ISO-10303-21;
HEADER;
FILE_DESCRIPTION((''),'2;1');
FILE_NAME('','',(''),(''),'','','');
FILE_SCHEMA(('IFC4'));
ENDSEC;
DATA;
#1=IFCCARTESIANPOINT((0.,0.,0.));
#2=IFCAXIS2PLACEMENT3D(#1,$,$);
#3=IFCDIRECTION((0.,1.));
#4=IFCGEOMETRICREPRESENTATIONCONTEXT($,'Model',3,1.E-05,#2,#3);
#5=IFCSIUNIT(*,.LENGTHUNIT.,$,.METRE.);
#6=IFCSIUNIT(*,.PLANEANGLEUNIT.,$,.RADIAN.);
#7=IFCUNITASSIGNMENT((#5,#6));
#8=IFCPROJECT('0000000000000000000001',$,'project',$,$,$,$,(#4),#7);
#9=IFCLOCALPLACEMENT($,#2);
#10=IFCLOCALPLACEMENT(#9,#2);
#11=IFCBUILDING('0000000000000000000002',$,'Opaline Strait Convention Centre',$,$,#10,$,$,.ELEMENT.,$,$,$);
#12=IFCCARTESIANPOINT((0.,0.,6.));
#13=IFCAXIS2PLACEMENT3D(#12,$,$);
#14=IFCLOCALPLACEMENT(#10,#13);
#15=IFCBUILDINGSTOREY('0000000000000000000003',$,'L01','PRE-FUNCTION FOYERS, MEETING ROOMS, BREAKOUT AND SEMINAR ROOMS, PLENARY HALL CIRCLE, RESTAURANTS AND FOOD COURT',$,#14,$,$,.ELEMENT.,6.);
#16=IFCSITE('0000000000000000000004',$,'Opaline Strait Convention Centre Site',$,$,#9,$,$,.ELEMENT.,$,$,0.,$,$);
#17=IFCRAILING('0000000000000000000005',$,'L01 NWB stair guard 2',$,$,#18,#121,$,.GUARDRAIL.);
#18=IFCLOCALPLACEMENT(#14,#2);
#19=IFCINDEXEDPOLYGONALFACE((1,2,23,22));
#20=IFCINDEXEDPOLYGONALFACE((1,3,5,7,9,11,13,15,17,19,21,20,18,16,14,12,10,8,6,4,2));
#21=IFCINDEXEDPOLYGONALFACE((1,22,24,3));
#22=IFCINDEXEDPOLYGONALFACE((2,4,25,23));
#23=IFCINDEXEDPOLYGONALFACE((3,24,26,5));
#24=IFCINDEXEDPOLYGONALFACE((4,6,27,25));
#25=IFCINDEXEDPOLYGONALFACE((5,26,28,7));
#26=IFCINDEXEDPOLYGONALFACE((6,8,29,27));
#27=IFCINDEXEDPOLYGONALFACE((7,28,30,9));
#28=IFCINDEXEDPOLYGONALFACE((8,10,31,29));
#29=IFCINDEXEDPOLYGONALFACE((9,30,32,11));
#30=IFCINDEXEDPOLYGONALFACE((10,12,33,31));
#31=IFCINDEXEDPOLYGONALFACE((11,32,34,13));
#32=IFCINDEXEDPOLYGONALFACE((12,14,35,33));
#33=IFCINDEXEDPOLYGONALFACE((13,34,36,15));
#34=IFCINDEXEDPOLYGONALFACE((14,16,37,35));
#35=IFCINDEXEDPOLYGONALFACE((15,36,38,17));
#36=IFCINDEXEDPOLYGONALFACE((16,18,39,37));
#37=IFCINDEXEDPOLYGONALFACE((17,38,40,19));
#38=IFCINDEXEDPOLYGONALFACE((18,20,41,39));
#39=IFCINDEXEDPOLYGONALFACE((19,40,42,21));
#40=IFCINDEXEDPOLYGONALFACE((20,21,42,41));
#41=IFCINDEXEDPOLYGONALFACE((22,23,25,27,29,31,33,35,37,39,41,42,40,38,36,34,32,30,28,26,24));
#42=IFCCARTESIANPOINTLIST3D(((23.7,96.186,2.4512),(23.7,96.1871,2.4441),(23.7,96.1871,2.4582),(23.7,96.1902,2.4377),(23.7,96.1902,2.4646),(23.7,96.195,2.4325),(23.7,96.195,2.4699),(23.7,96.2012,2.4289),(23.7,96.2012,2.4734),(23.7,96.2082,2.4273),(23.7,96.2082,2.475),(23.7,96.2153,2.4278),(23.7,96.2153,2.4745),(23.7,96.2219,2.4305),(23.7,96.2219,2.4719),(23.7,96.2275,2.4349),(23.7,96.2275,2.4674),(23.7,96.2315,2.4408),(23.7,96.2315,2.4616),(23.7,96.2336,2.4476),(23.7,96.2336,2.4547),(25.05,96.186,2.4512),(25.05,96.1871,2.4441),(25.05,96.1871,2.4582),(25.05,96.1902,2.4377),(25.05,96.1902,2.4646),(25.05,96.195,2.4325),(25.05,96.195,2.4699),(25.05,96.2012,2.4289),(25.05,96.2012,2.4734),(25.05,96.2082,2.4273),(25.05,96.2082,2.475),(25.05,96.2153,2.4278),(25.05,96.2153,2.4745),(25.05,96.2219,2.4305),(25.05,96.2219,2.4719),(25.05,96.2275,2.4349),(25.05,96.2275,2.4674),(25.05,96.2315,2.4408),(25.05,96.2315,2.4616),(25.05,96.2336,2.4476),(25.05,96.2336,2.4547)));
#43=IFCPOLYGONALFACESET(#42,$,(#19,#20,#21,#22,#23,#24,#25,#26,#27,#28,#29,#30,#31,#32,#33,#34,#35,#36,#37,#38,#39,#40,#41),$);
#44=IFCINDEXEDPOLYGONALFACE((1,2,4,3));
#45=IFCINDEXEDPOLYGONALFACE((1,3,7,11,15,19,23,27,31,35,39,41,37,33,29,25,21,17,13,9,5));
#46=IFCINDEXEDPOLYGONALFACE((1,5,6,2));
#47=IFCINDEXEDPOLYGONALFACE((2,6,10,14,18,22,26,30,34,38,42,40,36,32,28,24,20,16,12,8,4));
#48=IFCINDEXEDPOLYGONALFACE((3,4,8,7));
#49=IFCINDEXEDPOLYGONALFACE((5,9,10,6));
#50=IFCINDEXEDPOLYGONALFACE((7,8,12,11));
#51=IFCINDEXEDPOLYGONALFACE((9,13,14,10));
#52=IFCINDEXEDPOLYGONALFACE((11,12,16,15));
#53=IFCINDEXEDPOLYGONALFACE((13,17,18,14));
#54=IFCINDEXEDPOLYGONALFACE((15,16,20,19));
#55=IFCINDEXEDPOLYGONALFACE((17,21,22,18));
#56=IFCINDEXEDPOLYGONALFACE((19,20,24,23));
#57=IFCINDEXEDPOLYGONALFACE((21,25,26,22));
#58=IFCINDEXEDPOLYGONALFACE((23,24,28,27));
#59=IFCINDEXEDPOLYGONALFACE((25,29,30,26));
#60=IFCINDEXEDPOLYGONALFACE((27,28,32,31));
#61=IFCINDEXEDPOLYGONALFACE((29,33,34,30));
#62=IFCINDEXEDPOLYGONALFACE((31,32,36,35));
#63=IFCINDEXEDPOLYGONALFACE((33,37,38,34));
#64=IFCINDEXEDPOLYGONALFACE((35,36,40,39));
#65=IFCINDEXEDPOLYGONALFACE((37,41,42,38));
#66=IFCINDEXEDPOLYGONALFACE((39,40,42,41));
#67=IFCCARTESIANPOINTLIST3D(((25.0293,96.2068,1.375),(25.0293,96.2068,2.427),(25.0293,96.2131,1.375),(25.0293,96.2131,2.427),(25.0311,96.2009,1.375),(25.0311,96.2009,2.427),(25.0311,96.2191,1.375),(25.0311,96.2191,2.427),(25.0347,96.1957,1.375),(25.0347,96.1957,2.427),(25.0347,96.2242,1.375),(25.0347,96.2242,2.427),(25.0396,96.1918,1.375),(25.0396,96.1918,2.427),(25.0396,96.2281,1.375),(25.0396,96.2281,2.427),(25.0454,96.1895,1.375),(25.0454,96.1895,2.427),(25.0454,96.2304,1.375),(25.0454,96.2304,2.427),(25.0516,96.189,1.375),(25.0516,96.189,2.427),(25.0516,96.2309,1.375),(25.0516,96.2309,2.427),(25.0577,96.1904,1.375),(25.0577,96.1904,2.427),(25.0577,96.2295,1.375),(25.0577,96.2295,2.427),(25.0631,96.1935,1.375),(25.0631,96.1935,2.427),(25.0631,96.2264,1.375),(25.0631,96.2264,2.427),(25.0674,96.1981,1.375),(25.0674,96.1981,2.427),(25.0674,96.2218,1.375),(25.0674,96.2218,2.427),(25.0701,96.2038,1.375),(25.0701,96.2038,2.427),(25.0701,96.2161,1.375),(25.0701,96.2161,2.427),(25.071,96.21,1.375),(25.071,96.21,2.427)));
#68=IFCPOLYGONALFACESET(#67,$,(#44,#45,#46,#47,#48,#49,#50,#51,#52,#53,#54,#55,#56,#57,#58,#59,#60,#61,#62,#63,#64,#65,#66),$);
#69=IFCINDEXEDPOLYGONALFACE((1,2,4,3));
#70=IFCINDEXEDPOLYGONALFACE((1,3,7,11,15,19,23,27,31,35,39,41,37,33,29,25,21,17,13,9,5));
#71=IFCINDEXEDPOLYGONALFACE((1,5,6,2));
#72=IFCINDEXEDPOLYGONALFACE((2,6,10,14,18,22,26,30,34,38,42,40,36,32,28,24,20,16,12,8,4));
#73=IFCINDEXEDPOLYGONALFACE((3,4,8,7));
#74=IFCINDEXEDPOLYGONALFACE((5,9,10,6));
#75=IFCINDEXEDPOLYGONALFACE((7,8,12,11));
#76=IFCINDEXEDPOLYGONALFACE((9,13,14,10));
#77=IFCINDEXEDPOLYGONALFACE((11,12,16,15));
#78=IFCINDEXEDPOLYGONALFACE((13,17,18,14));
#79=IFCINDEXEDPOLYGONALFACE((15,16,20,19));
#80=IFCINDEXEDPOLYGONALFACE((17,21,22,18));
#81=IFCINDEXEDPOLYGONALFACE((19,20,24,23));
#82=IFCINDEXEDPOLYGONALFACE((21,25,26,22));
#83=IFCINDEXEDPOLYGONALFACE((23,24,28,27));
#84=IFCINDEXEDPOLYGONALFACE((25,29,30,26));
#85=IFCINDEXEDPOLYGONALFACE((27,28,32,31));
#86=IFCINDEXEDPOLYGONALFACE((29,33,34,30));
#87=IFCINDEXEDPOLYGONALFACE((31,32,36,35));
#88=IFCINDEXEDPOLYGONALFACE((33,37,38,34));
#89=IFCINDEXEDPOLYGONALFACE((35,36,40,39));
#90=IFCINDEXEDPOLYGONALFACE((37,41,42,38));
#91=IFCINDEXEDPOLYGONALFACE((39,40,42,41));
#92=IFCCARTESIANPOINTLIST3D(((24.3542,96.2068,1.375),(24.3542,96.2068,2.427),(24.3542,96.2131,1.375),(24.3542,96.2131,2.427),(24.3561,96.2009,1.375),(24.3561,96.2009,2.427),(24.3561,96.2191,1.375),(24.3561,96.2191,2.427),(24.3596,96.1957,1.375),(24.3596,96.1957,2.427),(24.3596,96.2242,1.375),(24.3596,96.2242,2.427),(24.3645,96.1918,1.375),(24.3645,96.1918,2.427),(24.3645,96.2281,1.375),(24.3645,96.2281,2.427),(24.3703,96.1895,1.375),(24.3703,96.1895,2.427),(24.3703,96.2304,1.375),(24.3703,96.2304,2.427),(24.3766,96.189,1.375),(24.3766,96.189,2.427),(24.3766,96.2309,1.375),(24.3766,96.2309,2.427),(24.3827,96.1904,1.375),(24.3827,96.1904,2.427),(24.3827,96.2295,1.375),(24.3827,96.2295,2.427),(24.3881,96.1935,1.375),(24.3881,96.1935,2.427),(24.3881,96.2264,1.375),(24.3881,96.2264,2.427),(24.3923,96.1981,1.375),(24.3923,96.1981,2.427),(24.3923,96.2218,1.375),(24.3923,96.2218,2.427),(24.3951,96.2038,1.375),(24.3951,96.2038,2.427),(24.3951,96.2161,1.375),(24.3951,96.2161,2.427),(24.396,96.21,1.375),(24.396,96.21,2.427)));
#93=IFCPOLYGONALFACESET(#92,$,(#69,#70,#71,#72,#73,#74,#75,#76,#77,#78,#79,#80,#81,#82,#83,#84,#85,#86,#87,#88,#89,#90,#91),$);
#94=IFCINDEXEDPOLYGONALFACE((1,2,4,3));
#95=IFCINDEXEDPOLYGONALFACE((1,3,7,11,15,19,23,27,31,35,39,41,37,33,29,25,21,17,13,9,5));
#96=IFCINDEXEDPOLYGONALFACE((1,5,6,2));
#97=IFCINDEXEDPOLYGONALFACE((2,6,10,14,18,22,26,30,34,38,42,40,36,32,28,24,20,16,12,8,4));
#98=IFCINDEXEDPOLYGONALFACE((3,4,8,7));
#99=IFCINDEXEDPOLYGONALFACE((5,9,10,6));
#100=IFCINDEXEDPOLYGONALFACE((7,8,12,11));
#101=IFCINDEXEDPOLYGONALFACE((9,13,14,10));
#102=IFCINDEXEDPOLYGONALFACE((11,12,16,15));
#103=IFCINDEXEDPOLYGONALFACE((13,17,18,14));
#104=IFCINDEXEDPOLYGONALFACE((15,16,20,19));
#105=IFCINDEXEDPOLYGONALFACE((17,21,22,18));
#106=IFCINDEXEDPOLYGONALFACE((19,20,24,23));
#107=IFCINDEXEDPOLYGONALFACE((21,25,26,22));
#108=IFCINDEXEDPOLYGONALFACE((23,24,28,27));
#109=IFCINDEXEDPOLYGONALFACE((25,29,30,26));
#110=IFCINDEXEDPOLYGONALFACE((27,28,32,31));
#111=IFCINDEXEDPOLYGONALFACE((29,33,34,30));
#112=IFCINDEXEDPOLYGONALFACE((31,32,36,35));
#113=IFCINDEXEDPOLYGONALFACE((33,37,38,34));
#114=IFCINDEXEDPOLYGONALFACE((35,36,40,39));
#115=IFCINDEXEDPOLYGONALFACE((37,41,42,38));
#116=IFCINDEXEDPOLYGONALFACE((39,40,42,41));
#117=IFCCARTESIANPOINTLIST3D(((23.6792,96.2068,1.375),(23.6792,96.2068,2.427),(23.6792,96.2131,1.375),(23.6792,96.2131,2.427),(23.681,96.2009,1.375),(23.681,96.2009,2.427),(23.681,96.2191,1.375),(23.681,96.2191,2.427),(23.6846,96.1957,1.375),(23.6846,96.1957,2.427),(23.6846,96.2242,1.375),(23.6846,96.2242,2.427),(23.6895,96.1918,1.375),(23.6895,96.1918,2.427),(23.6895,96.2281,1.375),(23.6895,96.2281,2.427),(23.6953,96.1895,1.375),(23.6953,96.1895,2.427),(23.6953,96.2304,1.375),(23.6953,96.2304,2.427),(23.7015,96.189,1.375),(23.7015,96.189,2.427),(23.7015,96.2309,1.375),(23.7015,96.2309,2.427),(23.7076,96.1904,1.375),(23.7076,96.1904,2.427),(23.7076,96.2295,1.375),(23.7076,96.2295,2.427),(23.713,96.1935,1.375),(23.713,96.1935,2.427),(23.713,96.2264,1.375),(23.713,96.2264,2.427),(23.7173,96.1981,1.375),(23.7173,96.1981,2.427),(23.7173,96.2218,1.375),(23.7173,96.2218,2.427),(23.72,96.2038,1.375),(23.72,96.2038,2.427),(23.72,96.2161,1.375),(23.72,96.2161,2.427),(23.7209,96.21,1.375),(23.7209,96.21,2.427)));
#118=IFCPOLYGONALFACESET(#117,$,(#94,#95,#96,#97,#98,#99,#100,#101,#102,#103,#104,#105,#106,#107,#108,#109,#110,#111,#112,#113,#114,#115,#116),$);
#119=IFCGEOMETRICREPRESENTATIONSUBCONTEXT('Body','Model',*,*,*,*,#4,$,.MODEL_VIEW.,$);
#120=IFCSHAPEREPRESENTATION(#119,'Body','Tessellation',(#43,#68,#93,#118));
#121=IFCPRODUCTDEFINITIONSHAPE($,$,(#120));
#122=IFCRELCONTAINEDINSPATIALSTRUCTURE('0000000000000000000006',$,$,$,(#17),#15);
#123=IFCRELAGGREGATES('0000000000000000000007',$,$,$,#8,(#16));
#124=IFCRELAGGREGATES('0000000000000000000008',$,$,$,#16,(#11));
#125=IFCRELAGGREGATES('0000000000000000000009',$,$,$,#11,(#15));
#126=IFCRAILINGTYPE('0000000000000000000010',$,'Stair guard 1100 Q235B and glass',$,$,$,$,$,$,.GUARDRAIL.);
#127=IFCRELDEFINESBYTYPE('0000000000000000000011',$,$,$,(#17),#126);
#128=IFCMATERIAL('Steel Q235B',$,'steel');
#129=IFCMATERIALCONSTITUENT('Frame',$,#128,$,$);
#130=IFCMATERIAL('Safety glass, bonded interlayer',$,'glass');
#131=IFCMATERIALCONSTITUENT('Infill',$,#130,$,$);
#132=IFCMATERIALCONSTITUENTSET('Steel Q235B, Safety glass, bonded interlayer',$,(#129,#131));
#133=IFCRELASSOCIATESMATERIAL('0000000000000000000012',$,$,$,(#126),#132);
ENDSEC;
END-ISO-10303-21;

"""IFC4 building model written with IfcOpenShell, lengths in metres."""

from ifc_helpers import new_model, si_unit, direction, frame, origin, origin_2d, place, context, subcontext, project, spatial, circle, extrude, material, constituent, constituent_set, type_object, element, save


model = new_model("IFC4")

# Units and contexts
model_context = context("Model", 3, precision=1e-05, world=origin(), true_north=direction((0.0, 1.0)))
body_context = subcontext(model_context, "Body", "Model", "MODEL_VIEW")
ifc_project = project(units=[si_unit("LENGTHUNIT", "METRE"), si_unit("PLANEANGLEUNIT", "RADIAN")], contexts=[model_context])

# Site, building, storey
site_placement = place(None, origin())
site = spatial("IfcSite", under=ifc_project, at=site_placement, Name="Opaline Strait Convention Centre Site", CompositionType="ELEMENT", RefElevation=0.0)
building_placement = place(site_placement, origin())
building = spatial("IfcBuilding", under=site, at=building_placement, Name="Opaline Strait Convention Centre", CompositionType="ELEMENT")
storey_placement = place(building_placement, frame((0.0, 0.0, 6.0)))
storey = spatial("IfcBuildingStorey", under=building, at=storey_placement, Name="L01", Description="PRE-FUNCTION FOYERS, MEETING ROOMS, BREAKOUT AND SEMINAR ROOMS, PLENARY HALL CIRCLE, RESTAURANTS AND FOOD COURT", CompositionType="ELEMENT", Elevation=6.0)

# Railing
ifc_material_1 = material(Name="Steel Q235B", Category="steel")
ifc_constituent_1 = constituent(ifc_material_1, Name="Frame")
ifc_material_2 = material(Name="Safety glass, bonded interlayer", Category="glass")
ifc_constituent_2 = constituent(ifc_material_2, Name="Infill")
ifc_constituent_set = constituent_set(constituents=[ifc_constituent_1, ifc_constituent_2], Name="Steel Q235B, Safety glass, bonded interlayer")
railing_type_1 = type_object("IfcRailingType", Name="Stair guard 1100 Q235B and glass", PredefinedType="GUARDRAIL", material=ifc_constituent_set)
for number, where, name in (
    (1, (25.05, 96.21, 1.375), "L01 NWB stair guard 2"),
):
    element("IfcRailing", number, at=place(storey_placement, frame(where)), inside=storey, type_object=railing_type_1, Name=name, PredefinedType="GUARDRAIL", context=body_context, shape_type="SweptSolid", body=[
        extrude(circle(Radius=0.0239, at=origin_2d()), frame((0.0, 0.0, 1.0762), z_axis=(-1.0, 0.0, 0.0), x_axis=(0.0, -1.0, 0.0)), (0.0, 0.0, 1.0), 1.3501),
        extrude(circle(Radius=0.021, at=origin_2d()), origin(), (0.0, 0.0, 1.0), 1.052),
        extrude(circle(Radius=0.021, at=origin_2d()), frame((-0.675, 0.0, 0.0)), (0.0, 0.0, 1.0), 1.052),
        extrude(circle(Radius=0.021, at=origin_2d()), frame((-1.3501, 0.0, 0.0)), (0.0, 0.0, 1.0), 1.052),
    ])

save(model, "model.ifc")
